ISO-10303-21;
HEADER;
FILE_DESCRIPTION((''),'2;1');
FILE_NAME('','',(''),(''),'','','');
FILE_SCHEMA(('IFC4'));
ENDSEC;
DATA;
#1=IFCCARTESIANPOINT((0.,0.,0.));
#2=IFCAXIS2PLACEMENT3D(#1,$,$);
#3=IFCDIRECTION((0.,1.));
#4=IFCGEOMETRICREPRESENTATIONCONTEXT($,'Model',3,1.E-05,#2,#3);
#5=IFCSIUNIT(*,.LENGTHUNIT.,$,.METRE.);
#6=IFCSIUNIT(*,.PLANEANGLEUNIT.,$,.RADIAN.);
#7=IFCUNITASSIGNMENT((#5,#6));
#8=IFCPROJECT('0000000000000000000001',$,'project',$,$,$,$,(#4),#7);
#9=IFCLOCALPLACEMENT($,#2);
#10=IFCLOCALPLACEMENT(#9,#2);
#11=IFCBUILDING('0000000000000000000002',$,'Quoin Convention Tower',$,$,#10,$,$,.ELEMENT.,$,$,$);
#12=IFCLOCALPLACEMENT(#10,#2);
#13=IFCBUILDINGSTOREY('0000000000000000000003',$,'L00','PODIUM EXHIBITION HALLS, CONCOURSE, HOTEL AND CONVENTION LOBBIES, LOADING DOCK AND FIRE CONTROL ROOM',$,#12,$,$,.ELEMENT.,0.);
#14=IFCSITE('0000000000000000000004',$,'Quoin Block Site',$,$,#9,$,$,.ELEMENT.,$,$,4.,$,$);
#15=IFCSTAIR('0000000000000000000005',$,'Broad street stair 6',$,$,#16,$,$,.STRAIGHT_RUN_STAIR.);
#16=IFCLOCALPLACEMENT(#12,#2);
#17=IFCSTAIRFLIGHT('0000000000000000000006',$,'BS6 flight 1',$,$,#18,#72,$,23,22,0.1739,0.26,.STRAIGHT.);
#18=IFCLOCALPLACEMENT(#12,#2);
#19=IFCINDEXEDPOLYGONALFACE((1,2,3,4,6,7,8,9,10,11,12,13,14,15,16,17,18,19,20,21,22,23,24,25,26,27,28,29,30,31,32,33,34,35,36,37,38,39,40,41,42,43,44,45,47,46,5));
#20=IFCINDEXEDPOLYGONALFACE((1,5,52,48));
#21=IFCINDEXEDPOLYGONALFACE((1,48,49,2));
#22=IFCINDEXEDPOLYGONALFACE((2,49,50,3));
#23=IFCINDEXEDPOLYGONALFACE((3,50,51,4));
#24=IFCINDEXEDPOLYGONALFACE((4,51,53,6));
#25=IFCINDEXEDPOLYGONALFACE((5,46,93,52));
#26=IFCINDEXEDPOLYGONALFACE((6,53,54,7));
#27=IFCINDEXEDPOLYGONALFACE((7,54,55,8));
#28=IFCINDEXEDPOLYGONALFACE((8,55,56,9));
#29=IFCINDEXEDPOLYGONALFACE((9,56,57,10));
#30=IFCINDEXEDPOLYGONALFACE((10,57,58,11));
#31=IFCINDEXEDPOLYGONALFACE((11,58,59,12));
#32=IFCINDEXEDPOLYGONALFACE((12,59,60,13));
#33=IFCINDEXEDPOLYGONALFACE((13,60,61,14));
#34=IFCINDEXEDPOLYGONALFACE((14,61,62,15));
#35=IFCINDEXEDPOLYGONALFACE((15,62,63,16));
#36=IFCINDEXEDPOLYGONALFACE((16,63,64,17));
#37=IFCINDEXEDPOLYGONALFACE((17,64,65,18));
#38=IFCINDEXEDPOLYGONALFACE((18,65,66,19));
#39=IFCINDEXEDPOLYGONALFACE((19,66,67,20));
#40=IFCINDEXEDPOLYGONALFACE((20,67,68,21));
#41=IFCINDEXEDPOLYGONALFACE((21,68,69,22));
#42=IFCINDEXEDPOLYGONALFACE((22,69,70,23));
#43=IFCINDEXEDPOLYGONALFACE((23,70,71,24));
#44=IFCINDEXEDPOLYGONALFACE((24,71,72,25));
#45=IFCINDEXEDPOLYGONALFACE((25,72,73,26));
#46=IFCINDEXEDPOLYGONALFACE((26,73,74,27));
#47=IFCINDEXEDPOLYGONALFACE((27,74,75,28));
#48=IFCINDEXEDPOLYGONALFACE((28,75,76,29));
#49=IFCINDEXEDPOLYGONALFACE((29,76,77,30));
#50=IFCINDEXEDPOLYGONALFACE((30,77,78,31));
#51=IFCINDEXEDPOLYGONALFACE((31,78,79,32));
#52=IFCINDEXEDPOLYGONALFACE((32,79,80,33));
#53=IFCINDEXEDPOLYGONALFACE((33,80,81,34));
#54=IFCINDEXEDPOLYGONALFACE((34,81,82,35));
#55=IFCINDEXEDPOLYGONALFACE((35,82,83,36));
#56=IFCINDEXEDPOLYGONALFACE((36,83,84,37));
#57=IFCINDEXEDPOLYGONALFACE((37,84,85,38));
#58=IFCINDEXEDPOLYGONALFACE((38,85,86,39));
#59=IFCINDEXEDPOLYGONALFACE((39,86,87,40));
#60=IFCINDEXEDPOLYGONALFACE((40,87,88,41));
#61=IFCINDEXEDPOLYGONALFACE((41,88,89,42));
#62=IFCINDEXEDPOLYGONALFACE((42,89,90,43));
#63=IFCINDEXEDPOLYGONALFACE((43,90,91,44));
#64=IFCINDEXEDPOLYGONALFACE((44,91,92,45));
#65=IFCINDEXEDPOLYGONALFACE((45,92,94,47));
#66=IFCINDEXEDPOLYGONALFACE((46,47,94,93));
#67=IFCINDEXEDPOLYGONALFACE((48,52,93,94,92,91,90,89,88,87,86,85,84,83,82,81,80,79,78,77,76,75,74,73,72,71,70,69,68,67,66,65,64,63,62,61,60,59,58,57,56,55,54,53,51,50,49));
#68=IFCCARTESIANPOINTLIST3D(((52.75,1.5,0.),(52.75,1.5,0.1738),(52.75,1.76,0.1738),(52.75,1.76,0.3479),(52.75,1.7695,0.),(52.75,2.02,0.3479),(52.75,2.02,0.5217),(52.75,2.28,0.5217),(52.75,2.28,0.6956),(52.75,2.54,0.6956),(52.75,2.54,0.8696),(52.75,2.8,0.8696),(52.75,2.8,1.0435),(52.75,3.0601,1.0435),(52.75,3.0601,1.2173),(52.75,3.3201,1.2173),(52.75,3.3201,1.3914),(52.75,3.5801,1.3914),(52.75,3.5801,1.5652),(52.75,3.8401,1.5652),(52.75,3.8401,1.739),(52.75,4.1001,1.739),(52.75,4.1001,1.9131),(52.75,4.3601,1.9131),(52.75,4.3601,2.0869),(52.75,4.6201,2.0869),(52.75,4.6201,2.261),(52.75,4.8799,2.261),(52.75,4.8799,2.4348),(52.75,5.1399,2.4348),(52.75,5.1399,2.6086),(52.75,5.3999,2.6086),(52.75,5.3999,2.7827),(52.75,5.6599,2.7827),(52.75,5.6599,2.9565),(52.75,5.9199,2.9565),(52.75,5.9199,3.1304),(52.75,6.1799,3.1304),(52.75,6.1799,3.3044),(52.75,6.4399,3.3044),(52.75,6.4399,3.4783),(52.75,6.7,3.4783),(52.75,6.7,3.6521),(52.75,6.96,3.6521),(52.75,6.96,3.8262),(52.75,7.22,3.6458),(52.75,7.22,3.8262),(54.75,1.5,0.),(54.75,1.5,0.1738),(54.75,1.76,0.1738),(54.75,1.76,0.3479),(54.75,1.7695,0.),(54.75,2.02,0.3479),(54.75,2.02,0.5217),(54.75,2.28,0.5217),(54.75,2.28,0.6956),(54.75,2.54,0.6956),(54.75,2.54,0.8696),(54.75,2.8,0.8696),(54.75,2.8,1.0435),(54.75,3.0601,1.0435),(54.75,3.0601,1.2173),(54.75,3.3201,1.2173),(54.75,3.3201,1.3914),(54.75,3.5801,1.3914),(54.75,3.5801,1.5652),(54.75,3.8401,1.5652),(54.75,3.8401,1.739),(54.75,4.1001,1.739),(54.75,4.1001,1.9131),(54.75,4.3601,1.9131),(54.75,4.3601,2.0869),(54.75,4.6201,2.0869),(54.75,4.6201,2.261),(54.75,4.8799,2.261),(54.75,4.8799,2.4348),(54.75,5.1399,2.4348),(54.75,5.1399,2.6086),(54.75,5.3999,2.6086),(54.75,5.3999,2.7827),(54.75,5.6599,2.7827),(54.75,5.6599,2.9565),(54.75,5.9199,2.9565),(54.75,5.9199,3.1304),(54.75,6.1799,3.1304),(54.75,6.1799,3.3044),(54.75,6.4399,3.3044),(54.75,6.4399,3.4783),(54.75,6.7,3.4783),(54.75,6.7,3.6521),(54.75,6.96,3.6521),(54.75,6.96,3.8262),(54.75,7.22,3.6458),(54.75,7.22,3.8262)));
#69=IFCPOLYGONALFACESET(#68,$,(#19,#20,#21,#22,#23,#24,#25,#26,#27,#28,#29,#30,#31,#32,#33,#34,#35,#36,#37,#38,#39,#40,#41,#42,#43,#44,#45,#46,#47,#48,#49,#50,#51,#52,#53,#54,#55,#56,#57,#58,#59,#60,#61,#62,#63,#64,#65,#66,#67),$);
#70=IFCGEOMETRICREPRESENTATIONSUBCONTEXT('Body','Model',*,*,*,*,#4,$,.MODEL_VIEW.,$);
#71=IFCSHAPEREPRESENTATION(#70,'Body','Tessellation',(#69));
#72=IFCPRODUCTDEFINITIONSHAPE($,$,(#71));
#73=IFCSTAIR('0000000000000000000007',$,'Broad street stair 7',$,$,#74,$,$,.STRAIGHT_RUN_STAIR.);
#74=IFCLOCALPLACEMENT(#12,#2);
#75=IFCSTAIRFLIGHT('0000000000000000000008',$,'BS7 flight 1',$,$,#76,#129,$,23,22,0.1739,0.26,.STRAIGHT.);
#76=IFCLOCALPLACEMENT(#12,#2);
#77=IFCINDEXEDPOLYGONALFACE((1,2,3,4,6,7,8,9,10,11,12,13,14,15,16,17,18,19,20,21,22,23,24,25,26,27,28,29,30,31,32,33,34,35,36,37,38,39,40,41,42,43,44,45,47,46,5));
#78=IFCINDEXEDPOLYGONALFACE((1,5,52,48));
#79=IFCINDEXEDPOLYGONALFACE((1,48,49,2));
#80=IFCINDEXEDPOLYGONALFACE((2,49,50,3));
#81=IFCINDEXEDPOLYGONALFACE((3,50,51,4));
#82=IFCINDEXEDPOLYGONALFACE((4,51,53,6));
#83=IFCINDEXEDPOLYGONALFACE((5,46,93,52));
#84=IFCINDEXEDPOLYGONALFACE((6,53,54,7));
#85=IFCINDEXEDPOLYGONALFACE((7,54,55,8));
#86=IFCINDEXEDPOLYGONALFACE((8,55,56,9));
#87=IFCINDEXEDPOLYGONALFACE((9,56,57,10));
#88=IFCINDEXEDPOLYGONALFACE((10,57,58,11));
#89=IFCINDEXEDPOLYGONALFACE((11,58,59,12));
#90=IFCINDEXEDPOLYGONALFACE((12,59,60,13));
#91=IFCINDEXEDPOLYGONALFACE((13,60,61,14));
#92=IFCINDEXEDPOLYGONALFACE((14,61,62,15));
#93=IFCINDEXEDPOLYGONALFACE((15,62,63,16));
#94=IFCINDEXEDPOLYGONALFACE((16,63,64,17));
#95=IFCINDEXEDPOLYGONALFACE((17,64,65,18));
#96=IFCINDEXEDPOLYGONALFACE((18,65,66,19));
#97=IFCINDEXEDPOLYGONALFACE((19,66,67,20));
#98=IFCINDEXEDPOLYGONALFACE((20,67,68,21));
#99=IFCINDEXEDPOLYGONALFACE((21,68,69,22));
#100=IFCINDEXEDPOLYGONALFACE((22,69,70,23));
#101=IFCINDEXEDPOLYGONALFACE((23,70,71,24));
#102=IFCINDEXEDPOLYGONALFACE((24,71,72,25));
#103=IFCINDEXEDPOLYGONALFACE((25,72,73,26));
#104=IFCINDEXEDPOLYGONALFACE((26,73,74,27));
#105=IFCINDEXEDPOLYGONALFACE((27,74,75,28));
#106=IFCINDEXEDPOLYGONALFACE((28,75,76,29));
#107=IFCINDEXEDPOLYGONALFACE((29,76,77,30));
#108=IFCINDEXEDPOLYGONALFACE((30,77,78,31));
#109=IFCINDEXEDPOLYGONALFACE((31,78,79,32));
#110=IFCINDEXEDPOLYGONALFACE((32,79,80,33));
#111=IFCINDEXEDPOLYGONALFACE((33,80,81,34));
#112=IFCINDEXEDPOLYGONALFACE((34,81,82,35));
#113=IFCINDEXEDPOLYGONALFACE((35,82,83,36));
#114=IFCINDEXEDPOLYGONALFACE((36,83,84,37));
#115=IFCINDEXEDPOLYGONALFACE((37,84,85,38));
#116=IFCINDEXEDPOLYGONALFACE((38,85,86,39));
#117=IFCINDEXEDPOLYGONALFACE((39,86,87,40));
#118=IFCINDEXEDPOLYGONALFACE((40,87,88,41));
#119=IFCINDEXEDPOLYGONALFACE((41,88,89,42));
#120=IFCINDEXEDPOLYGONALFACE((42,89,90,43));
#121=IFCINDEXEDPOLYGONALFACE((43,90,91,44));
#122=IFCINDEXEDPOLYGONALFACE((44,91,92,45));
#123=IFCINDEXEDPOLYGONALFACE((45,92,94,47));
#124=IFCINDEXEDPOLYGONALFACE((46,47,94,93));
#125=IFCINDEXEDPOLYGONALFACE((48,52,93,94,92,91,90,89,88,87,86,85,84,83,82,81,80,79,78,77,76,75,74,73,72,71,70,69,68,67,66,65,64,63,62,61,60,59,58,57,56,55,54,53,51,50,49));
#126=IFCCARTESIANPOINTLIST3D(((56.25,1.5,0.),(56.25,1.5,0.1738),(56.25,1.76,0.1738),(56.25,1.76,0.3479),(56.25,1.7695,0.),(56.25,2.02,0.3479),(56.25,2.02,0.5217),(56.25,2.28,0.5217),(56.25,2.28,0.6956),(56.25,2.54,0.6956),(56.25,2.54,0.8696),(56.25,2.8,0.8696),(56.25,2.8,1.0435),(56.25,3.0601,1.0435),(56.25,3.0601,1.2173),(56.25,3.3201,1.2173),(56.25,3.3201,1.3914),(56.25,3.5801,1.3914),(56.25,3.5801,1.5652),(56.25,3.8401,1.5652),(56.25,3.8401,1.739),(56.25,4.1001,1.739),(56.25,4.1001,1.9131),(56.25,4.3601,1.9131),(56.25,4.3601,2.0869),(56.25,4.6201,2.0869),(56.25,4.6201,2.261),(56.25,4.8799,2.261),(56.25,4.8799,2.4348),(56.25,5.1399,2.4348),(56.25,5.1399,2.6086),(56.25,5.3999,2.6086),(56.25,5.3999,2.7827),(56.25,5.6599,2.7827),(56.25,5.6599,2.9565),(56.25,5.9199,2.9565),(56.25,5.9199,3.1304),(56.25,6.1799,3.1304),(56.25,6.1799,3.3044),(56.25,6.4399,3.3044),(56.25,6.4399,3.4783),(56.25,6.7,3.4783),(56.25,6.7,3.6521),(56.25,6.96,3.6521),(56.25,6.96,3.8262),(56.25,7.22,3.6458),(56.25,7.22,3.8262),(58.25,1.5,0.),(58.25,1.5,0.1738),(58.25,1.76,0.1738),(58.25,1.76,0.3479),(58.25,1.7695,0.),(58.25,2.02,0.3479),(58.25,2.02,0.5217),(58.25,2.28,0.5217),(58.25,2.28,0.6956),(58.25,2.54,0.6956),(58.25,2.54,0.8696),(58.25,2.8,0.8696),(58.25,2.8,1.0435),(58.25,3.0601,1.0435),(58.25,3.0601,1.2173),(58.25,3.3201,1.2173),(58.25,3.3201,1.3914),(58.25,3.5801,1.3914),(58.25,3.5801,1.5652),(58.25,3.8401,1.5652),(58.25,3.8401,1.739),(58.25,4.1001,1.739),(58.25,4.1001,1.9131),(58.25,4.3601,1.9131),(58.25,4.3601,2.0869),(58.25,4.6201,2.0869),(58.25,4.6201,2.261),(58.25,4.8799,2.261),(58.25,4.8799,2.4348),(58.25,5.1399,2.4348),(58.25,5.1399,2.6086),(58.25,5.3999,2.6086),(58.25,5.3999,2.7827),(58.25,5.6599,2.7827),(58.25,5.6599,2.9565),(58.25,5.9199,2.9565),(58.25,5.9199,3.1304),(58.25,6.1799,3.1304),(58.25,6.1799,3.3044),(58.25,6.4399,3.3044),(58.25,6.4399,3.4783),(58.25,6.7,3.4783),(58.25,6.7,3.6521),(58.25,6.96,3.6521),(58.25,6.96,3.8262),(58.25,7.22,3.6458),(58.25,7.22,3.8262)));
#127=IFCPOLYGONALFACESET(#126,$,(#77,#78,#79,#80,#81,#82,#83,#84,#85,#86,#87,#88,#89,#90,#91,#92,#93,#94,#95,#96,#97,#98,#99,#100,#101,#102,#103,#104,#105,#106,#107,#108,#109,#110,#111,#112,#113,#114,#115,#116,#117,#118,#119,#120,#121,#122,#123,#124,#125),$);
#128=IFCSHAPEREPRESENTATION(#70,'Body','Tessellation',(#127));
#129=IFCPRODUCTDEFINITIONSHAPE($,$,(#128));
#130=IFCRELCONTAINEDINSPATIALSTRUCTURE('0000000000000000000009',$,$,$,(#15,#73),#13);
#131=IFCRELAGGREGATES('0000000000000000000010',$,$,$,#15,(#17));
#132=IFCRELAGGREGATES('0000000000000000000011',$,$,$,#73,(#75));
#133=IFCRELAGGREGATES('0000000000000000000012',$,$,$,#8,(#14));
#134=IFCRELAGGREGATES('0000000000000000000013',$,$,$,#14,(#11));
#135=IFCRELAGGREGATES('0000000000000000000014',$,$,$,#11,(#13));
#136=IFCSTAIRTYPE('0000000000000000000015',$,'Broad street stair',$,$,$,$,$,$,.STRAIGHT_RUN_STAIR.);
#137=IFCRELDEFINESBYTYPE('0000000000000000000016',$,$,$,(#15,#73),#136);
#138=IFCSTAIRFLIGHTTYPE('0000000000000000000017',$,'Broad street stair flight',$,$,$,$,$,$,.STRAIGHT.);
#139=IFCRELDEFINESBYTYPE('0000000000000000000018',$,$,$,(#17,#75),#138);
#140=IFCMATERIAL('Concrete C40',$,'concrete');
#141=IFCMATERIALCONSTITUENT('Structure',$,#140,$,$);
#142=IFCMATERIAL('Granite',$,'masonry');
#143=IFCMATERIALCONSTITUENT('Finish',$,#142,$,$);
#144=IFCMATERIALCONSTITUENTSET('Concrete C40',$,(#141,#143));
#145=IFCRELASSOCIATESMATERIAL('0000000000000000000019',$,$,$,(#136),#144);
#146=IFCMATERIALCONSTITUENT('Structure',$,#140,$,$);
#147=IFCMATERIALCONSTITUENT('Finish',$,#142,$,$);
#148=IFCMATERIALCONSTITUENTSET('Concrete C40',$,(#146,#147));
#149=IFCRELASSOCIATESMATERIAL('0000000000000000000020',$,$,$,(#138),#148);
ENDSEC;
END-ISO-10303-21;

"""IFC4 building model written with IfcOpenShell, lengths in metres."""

from ifc_helpers import new_model, si_unit, direction, frame, origin, place, context, subcontext, project, spatial, polyline, outline, extrude, material, constituent, constituent_set, type_object, element, aggregate, save


model = new_model("IFC4")

# Units and contexts
model_context = context("Model", 3, precision=1e-05, world=origin(), true_north=direction((0.0, 1.0)))
body_context = subcontext(model_context, "Body", "Model", "MODEL_VIEW")
ifc_project = project(units=[si_unit("LENGTHUNIT", "METRE"), si_unit("PLANEANGLEUNIT", "RADIAN")], contexts=[model_context])

# Site, building, storey
site_placement = place(None, origin())
site = spatial("IfcSite", under=ifc_project, at=site_placement, Name="Quoin Block Site", CompositionType="ELEMENT", RefElevation=4.0)
building_placement = place(site_placement, origin())
building = spatial("IfcBuilding", under=site, at=building_placement, Name="Quoin Convention Tower", CompositionType="ELEMENT")
storey_placement = place(building_placement, origin())
storey = spatial("IfcBuildingStorey", under=building, at=storey_placement, Name="L00", Description="PODIUM EXHIBITION HALLS, CONCOURSE, HOTEL AND CONVENTION LOBBIES, LOADING DOCK AND FIRE CONTROL ROOM", CompositionType="ELEMENT", Elevation=0.0)

# Shared definitions
ifc_material_1 = material(Name="Concrete C40", Category="concrete")

# Stairs, stair flights
ifc_constituent_1 = constituent(ifc_material_1, Name="Structure")
ifc_material_2 = material(Name="Granite", Category="masonry")
ifc_constituent_2 = constituent(ifc_material_2, Name="Finish")
ifc_constituent_set_1 = constituent_set(constituents=[ifc_constituent_1, ifc_constituent_2], Name="Concrete C40")
stair_type = type_object("IfcStairType", Name="Broad street stair", PredefinedType="STRAIGHT_RUN_STAIR", material=ifc_constituent_set_1)
ifc_constituent_3 = constituent(ifc_material_1, Name="Structure")
ifc_constituent_4 = constituent(ifc_material_2, Name="Finish")
ifc_constituent_set_2 = constituent_set(constituents=[ifc_constituent_3, ifc_constituent_4], Name="Concrete C40")
stair_flight_type = type_object("IfcStairFlightType", Name="Broad street stair flight", PredefinedType="STRAIGHT", material=ifc_constituent_set_2)
stair_1_placement = place(storey_placement, origin())
stair_1 = element("IfcStair", 1, at=stair_1_placement, inside=storey, type_object=stair_type, Name="Broad street stair 6", PredefinedType="STRAIGHT_RUN_STAIR")
stair_flight_1_placement = place(storey_placement, frame((53.75, 1.5, 0.0), z_axis=(0.0, 0.0, 1.0), x_axis=(0.0, 1.0, 0.0)))
stair_flight_1 = element("IfcStairFlight", 2, at=stair_flight_1_placement, type_object=stair_flight_type, Name="BS6 flight 1", NumberOfRisers=23, NumberOfTreads=22, PredefinedType="STRAIGHT", RiserHeight=0.1739, TreadLength=0.26, context=body_context, shape_type="SweptSolid", body=[
    extrude(outline(polyline([(0.0, 0.0), (0.0, 0.1738), (0.26, 0.1738), (0.26, 0.3479), (0.52, 0.3479), (0.52, 0.5217), (0.78, 0.5217), (0.78, 0.6956), (1.04, 0.6956), (1.04, 0.8696), (1.3, 0.8696), (1.3, 1.0435), (1.5601, 1.0435), (1.5601, 1.2173), (1.8201, 1.2173), (1.8201, 1.3914), (2.0801, 1.3914), (2.0801, 1.5652), (2.3401, 1.5652), (2.3401, 1.739), (2.6001, 1.739), (2.6001, 1.9131), (2.8601, 1.9131), (2.8601, 2.0869), (3.1201, 2.0869), (3.1201, 2.261), (3.3799, 2.261), (3.3799, 2.4348), (3.6399, 2.4348), (3.6399, 2.6086), (3.8999, 2.6086), (3.8999, 2.7827), (4.1599, 2.7827), (4.1599, 2.9565), (4.4199, 2.9565), (4.4199, 3.1304), (4.6799, 3.1304), (4.6799, 3.3044), (4.9399, 3.3044), (4.9399, 3.4783), (5.2, 3.4783), (5.2, 3.6521), (5.46, 3.6521), (5.46, 3.8262), (5.72, 3.8262), (5.72, 4.0), (5.72, 3.6458), (0.2695, 0.0), (0.0, 0.0)])), frame((0.0, 1.0, 0.0), z_axis=(0.0, -1.0, 0.0), x_axis=(1.0, 0.0, 0.0)), (0.0, 0.0, 1.0), 2.0),
])
aggregate(stair_1, [stair_flight_1])
stair_2_placement = place(storey_placement, origin())
stair_2 = element("IfcStair", 3, at=stair_2_placement, inside=storey, type_object=stair_type, Name="Broad street stair 7", PredefinedType="STRAIGHT_RUN_STAIR")
stair_flight_2_placement = place(storey_placement, frame((57.25, 1.5, 0.0), z_axis=(0.0, 0.0, 1.0), x_axis=(0.0, 1.0, 0.0)))
stair_flight_2 = element("IfcStairFlight", 4, at=stair_flight_2_placement, type_object=stair_flight_type, Name="BS7 flight 1", NumberOfRisers=23, NumberOfTreads=22, PredefinedType="STRAIGHT", RiserHeight=0.1739, TreadLength=0.26, context=body_context, shape_type="SweptSolid", body=[
    extrude(outline(polyline([(0.0, 0.0), (0.0, 0.1738), (0.26, 0.1738), (0.26, 0.3479), (0.52, 0.3479), (0.52, 0.5217), (0.78, 0.5217), (0.78, 0.6956), (1.04, 0.6956), (1.04, 0.8696), (1.3, 0.8696), (1.3, 1.0435), (1.5601, 1.0435), (1.5601, 1.2173), (1.8201, 1.2173), (1.8201, 1.3914), (2.0801, 1.3914), (2.0801, 1.5652), (2.3401, 1.5652), (2.3401, 1.739), (2.6001, 1.739), (2.6001, 1.9131), (2.8601, 1.9131), (2.8601, 2.0869), (3.1201, 2.0869), (3.1201, 2.261), (3.3799, 2.261), (3.3799, 2.4348), (3.6399, 2.4348), (3.6399, 2.6086), (3.8999, 2.6086), (3.8999, 2.7827), (4.1599, 2.7827), (4.1599, 2.9565), (4.4199, 2.9565), (4.4199, 3.1304), (4.6799, 3.1304), (4.6799, 3.3044), (4.9399, 3.3044), (4.9399, 3.4783), (5.2, 3.4783), (5.2, 3.6521), (5.46, 3.6521), (5.46, 3.8262), (5.72, 3.8262), (5.72, 4.0), (5.72, 3.6458), (0.2695, 0.0), (0.0, 0.0)])), frame((0.0, 1.0, 0.0), z_axis=(0.0, -1.0, 0.0), x_axis=(1.0, 0.0, 0.0)), (0.0, 0.0, 1.0), 2.0),
])
aggregate(stair_2, [stair_flight_2])

save(model, "model.ifc")
